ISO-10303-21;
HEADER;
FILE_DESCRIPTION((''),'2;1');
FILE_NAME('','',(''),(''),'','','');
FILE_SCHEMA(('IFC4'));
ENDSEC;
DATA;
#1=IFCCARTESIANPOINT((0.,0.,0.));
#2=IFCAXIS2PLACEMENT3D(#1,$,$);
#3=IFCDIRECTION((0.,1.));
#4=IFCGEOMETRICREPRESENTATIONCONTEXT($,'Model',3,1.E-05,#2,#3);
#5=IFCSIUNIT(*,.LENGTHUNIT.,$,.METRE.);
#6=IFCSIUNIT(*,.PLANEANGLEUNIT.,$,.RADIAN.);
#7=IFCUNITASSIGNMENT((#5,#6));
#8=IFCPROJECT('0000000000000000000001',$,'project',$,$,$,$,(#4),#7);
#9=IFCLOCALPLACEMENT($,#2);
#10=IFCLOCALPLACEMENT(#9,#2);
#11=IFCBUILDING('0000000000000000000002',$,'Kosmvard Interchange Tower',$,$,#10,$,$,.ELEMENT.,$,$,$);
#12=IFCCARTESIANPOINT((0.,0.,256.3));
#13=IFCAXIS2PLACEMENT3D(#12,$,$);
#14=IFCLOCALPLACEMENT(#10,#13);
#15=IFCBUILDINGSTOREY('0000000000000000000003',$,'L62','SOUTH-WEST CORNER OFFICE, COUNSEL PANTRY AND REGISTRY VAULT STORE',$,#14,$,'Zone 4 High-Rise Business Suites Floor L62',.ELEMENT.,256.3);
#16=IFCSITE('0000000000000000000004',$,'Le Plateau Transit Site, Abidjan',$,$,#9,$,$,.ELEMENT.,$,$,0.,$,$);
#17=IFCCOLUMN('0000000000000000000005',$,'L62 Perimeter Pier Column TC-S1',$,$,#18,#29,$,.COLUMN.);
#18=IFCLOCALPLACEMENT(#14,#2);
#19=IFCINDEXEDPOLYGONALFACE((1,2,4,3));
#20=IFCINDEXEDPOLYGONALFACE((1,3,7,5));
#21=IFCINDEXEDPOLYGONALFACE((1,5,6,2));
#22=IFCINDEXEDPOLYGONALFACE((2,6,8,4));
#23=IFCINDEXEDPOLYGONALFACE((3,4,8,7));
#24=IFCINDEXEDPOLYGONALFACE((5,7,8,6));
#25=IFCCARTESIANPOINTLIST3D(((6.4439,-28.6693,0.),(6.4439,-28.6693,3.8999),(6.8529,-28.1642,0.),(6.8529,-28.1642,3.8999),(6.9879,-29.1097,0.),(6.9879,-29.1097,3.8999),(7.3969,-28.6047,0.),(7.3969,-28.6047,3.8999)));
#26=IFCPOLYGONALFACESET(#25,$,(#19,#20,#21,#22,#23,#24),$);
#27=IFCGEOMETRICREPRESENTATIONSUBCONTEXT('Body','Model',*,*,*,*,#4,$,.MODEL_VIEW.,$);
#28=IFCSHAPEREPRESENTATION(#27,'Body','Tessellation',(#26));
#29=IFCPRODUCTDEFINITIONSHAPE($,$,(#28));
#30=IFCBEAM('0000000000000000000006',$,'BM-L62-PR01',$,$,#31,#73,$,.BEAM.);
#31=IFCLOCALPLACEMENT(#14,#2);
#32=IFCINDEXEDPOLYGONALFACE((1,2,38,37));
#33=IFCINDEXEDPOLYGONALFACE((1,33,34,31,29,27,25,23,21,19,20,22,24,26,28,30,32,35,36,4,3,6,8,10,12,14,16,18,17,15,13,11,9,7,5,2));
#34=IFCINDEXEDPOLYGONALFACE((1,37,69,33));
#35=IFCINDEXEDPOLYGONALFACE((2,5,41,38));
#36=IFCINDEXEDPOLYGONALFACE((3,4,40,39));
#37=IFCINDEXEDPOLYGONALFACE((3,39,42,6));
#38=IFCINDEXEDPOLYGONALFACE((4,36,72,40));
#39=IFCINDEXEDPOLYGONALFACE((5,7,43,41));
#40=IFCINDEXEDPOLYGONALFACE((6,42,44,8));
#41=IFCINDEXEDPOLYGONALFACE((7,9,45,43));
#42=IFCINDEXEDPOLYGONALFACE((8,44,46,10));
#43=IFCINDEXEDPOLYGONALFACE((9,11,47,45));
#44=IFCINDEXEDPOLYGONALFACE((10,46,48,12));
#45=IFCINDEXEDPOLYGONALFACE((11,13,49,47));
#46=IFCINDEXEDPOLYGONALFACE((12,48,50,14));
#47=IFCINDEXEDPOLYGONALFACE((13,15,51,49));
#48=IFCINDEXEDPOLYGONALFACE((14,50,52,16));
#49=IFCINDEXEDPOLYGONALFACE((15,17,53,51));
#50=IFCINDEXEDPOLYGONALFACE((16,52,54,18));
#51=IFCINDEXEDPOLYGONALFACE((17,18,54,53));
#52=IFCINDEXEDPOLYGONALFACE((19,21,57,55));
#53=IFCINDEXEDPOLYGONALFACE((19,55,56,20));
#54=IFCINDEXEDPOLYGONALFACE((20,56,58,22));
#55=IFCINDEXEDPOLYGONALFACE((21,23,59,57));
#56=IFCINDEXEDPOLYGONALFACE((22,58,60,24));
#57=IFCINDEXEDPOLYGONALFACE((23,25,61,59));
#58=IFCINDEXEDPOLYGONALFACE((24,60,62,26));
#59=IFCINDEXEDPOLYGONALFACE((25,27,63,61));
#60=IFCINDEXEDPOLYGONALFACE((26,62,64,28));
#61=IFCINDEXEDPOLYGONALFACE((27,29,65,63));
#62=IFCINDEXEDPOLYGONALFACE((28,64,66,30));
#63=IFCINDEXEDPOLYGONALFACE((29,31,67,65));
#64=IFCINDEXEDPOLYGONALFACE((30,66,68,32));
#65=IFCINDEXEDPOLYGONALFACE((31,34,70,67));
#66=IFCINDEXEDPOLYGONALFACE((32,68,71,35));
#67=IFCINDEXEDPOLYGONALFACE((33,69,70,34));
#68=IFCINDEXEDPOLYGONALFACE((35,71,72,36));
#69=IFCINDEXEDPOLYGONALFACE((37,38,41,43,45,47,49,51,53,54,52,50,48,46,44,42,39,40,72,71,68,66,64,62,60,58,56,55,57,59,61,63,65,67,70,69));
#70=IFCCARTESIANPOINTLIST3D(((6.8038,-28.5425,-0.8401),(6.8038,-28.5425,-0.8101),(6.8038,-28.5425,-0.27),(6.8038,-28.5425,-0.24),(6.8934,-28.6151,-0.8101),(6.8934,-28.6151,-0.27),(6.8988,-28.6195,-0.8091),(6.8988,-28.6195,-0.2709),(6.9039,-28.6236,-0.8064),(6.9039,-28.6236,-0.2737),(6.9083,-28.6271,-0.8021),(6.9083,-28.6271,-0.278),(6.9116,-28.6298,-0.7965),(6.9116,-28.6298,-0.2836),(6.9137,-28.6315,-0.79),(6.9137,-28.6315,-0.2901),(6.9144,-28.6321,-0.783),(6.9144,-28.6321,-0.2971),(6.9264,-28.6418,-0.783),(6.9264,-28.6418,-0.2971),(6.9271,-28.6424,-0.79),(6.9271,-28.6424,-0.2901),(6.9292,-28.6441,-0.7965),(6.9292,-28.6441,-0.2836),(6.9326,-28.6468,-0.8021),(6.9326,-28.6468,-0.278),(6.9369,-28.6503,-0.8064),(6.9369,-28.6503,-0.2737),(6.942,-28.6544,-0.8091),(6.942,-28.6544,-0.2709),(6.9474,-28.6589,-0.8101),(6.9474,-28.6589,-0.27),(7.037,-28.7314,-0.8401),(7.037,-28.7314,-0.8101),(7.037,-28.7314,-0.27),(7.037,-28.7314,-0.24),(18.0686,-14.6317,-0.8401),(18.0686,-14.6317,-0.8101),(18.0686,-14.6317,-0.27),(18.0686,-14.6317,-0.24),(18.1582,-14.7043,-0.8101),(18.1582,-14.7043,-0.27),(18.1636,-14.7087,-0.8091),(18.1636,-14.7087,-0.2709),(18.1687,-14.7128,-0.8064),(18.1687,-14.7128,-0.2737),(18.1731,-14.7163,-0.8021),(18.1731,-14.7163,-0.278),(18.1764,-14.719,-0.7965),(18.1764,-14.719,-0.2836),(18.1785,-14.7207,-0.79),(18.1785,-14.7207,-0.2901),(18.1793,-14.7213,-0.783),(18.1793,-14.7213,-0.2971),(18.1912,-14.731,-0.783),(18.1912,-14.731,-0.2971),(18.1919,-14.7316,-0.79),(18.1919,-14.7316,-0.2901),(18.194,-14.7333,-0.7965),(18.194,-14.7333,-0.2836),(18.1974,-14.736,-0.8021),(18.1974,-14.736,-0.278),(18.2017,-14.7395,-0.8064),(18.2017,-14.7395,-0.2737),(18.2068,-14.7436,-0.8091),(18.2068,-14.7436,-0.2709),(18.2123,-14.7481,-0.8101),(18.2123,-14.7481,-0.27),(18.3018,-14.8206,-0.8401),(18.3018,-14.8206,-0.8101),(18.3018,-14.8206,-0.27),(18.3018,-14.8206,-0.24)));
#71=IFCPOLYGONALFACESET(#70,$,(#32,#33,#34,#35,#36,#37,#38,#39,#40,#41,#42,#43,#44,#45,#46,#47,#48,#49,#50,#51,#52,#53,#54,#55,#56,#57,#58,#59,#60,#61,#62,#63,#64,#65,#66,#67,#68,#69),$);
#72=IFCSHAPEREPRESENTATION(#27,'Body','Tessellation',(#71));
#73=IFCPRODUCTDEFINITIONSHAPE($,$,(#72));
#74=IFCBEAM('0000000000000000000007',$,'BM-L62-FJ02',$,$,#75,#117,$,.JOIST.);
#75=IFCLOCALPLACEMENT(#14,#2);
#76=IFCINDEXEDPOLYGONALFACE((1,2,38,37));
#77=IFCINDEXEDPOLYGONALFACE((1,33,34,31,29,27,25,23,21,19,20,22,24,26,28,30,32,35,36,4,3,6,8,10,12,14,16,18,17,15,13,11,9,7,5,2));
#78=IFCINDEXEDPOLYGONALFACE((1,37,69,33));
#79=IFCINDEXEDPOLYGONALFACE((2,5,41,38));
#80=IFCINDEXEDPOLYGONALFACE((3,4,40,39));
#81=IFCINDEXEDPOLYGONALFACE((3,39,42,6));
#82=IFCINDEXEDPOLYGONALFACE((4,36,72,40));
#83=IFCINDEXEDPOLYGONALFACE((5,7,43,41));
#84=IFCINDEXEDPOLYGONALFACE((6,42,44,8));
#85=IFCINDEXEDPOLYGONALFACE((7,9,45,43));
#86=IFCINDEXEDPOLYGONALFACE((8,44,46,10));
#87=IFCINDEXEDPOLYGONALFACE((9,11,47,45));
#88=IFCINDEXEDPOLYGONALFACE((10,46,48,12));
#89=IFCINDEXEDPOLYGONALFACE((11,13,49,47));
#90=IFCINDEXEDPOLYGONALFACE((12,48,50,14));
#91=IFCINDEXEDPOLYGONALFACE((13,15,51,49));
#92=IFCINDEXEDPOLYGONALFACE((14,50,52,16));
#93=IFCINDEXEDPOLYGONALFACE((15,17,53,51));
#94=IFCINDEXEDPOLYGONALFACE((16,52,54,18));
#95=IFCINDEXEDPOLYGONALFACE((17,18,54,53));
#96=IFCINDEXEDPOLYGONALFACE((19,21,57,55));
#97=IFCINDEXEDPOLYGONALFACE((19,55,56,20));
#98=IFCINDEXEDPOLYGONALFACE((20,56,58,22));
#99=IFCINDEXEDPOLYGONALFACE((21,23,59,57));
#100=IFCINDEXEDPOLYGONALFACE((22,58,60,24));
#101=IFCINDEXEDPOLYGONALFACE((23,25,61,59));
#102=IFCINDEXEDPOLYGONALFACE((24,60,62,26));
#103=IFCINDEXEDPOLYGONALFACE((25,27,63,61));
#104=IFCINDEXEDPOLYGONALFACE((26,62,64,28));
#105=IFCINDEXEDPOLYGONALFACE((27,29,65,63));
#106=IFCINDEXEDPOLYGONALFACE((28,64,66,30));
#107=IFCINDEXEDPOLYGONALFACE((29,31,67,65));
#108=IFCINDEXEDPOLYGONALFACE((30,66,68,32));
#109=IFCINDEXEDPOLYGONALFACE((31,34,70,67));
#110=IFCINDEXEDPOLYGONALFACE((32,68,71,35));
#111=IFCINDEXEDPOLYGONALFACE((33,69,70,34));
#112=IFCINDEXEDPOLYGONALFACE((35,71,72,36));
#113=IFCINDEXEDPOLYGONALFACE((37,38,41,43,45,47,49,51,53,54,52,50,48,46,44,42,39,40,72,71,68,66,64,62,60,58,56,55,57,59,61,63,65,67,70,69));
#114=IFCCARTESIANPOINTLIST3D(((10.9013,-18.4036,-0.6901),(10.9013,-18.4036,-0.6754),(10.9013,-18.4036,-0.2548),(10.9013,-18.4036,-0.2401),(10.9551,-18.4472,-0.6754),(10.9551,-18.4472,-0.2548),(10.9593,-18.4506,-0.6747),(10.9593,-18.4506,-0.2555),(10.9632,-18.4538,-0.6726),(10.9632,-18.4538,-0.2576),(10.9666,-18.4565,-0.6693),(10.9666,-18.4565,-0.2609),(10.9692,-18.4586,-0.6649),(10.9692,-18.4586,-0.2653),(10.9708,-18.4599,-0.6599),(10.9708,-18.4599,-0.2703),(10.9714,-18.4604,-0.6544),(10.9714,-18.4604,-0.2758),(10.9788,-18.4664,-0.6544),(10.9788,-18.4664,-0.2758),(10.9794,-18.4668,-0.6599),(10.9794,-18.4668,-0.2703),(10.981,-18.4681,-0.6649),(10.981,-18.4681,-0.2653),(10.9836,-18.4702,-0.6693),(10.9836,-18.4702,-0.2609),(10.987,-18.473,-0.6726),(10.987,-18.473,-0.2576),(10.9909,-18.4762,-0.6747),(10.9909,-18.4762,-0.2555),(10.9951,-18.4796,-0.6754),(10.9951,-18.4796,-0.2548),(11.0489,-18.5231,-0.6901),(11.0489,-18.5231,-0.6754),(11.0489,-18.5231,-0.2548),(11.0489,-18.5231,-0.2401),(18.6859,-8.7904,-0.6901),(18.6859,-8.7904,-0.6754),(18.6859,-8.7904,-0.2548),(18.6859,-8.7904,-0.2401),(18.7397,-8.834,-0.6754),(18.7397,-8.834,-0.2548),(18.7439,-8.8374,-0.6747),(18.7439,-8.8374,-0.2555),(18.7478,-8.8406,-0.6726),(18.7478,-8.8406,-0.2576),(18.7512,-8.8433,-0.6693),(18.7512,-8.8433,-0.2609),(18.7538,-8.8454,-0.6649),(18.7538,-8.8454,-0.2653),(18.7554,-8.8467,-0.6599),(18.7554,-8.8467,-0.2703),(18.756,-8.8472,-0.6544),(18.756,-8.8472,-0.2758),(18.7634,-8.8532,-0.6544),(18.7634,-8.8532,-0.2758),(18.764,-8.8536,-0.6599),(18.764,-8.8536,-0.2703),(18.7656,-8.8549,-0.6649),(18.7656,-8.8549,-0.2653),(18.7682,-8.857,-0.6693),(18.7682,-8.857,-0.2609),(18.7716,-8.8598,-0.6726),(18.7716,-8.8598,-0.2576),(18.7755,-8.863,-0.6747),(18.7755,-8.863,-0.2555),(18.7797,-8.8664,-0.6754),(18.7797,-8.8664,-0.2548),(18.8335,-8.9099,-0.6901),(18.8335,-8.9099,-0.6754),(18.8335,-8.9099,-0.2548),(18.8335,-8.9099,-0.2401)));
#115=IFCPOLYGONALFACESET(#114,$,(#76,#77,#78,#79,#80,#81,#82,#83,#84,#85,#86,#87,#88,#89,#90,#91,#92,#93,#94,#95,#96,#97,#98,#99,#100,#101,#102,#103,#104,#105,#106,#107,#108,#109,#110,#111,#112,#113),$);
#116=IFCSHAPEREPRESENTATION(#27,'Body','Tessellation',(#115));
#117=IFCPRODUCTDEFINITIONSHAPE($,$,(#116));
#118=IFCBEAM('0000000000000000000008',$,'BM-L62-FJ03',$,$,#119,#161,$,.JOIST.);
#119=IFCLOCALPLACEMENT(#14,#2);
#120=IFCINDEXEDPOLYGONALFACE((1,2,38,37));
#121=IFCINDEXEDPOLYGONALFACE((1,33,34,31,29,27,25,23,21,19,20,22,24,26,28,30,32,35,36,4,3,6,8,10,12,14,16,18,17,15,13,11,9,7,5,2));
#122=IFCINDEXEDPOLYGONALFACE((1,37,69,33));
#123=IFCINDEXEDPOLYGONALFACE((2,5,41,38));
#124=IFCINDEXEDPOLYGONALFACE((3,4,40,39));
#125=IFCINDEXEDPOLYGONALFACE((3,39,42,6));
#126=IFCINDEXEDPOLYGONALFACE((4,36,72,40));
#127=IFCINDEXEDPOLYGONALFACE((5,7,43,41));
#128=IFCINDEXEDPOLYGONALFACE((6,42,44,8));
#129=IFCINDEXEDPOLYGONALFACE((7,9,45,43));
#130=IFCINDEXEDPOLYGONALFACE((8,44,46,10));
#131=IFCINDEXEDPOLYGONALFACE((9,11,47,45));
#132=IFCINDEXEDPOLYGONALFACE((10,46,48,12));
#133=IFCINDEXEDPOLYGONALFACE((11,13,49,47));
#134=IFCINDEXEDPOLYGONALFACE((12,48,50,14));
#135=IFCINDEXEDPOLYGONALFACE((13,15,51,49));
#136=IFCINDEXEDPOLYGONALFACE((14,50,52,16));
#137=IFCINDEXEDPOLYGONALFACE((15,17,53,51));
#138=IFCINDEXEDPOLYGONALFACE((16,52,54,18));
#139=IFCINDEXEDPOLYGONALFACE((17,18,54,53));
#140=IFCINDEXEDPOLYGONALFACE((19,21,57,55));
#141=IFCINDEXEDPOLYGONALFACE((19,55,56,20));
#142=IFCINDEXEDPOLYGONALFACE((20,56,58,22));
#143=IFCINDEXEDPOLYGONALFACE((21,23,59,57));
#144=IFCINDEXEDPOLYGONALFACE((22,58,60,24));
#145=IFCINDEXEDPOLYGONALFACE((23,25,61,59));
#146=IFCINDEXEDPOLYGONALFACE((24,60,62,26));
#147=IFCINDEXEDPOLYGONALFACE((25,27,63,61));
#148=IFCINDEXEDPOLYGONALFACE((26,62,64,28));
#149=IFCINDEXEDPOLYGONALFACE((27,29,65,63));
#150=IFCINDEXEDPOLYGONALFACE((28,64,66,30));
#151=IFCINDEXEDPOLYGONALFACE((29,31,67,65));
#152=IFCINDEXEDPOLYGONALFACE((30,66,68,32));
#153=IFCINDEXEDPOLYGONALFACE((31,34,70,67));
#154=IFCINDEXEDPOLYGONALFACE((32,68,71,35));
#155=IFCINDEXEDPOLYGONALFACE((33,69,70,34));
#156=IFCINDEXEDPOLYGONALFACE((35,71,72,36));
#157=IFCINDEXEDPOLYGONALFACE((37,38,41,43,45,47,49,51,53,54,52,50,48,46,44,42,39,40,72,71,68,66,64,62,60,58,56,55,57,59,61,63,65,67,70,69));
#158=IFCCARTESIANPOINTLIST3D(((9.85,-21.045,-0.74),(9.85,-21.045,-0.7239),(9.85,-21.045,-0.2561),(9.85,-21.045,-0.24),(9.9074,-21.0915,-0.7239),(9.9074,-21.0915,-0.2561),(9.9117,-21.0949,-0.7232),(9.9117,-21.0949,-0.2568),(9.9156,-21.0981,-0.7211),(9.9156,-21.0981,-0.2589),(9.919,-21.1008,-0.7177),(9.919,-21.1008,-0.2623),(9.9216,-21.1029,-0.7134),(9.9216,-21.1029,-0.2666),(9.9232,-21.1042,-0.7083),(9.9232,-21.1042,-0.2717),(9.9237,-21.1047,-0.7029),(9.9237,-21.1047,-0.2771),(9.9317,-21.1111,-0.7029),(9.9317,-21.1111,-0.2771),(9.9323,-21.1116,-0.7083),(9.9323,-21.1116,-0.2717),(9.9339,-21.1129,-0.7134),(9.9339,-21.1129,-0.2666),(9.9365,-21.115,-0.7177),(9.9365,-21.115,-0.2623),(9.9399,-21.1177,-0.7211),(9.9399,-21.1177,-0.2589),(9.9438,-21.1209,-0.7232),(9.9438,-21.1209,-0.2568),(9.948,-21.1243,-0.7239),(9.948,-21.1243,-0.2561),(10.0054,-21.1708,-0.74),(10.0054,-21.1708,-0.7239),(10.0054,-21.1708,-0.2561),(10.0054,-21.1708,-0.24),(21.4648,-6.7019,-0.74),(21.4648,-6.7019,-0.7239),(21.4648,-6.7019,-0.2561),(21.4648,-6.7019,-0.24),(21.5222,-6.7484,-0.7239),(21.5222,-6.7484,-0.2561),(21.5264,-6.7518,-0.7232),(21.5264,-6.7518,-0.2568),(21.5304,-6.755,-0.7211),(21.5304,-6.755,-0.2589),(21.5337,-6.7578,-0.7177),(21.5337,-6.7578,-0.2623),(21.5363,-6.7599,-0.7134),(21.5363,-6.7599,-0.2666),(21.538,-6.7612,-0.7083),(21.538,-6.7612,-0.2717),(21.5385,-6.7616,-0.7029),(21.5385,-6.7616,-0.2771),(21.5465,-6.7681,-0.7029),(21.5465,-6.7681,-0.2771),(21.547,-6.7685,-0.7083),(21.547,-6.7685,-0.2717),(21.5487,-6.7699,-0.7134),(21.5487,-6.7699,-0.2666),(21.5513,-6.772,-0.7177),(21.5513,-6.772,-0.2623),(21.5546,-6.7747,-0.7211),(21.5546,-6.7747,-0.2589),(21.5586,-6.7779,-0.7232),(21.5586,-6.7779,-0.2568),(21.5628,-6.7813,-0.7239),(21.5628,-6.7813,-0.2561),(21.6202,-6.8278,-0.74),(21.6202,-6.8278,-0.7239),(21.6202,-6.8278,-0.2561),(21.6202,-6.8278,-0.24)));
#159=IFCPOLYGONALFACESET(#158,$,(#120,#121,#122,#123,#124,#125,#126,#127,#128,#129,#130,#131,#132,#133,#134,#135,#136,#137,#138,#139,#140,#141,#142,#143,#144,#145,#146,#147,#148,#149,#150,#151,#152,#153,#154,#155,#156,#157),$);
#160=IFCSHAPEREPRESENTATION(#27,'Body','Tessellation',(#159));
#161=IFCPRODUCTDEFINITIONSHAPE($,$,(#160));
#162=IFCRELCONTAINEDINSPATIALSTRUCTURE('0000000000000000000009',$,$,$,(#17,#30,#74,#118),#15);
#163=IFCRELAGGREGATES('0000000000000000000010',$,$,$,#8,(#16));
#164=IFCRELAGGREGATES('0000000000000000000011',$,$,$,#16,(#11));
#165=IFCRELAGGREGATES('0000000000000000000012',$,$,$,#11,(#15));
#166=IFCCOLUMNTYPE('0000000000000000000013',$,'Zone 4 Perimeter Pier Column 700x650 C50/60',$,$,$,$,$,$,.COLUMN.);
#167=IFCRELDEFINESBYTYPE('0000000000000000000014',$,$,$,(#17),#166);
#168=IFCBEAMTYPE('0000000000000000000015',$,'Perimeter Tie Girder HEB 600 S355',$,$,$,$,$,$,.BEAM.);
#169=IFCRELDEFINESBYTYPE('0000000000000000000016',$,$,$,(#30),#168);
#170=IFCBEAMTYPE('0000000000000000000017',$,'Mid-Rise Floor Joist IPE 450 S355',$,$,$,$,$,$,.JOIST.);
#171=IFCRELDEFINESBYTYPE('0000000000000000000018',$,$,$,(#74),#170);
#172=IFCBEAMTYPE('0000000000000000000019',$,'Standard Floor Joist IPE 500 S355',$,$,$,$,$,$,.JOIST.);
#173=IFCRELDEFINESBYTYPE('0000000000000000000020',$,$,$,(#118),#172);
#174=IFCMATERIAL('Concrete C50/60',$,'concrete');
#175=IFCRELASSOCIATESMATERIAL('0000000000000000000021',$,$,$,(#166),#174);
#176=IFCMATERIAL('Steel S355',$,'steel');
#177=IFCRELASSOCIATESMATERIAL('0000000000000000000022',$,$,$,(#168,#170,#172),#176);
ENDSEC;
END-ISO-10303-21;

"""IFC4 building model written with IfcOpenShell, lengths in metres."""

from ifc_helpers import new_model, si_unit, direction, frame, origin, origin_2d, place, context, subcontext, project, spatial, rectangle, i_section, extrude, source, transform, mapped, material, material_profile, profile_set, type_object, element, save


model = new_model("IFC4")

# Units and contexts
model_context = context("Model", 3, precision=1e-05, world=origin(), true_north=direction((0.0, 1.0)))
body_context = subcontext(model_context, "Body", "Model", "MODEL_VIEW")
ifc_project = project(units=[si_unit("LENGTHUNIT", "METRE"), si_unit("PLANEANGLEUNIT", "RADIAN")], contexts=[model_context])

# Site, building, storey
site_placement = place(None, origin())
site = spatial("IfcSite", under=ifc_project, at=site_placement, Name="Le Plateau Transit Site, Abidjan", CompositionType="ELEMENT", RefElevation=0.0)
building_placement = place(site_placement, origin())
building = spatial("IfcBuilding", under=site, at=building_placement, Name="Kosmvard Interchange Tower", CompositionType="ELEMENT")
storey_placement = place(building_placement, frame((0.0, 0.0, 256.3)))
storey = spatial("IfcBuildingStorey", under=building, at=storey_placement, Name="L62", Description="SOUTH-WEST CORNER OFFICE, COUNSEL PANTRY AND REGISTRY VAULT STORE", LongName="Zone 4 High-Rise Business Suites Floor L62", CompositionType="ELEMENT", Elevation=256.3)

# Column
ifc_material_1 = material(Name="Concrete C50/60", Category="concrete")
ifc_material_profile_1 = material_profile(ifc_material_1, rectangle(XDim=0.6499, YDim=0.7, at=origin_2d()), Name="TC 700x650")
ifc_profile_set_1 = profile_set([ifc_material_profile_1], Name="Concrete C50/60")
column_type = type_object("IfcColumnType", Name="Zone 4 Perimeter Pier Column 700x650 C50/60", PredefinedType="COLUMN", material=ifc_profile_set_1)
shared_shape_1 = source(origin(), body_context, "Body", "SweptSolid", [
    extrude(rectangle(XDim=0.6499, YDim=0.7, at=origin_2d()), origin(), (0.0, 0.0, 1.0), 3.8999),
])
column_placement = place(storey_placement, frame((6.9204, -28.637, 0.0), z_axis=(0.0, 0.0, 1.0), x_axis=(0.62932, 0.777146, 0.0)))
element("IfcColumn", 1, at=column_placement, inside=storey, type_object=column_type, Name="L62 Perimeter Pier Column TC-S1", PredefinedType="COLUMN", context=body_context, shape_type="MappedRepresentation", body=[
    mapped(shared_shape_1, transform((0.0, 0.0, 0.0), scale=1.0)),
])

# Beams
ifc_material_2 = material(Name="Steel S355", Category="steel")
ifc_material_profile_2 = material_profile(ifc_material_2, i_section(OverallWidth=0.3, OverallDepth=0.6001, WebThickness=0.0154, FlangeThickness=0.03, FilletRadius=0.0271, at=origin_2d()), Name="HEB 600")
ifc_profile_set_2 = profile_set([ifc_material_profile_2], Name="Steel S355")
beam_type_1 = type_object("IfcBeamType", Name="Perimeter Tie Girder HEB 600 S355", PredefinedType="BEAM", material=ifc_profile_set_2)
shared_shape_2 = source(origin(), body_context, "Body", "SweptSolid", [
    extrude(i_section(OverallWidth=0.3, OverallDepth=0.6001, WebThickness=0.0154, FlangeThickness=0.03, FilletRadius=0.0271, at=origin_2d()), origin(), (0.0, 0.0, 1.0), 17.8999),
])
beam_1_placement = place(storey_placement, frame((6.9204, -28.637, -0.54), z_axis=(0.629323, 0.777144, 0.0), x_axis=(-0.777144, 0.629323, 0.0)))
element("IfcBeam", 2, at=beam_1_placement, inside=storey, type_object=beam_type_1, Name="BM-L62-PR01", PredefinedType="BEAM", context=body_context, shape_type="MappedRepresentation", body=[
    mapped(shared_shape_2, transform((0.0, 0.0, 0.0), scale=1.0)),
])
ifc_material_profile_3 = material_profile(ifc_material_2, i_section(OverallWidth=0.1899, OverallDepth=0.45, WebThickness=0.0095, FlangeThickness=0.0146, FilletRadius=0.021, at=origin_2d()), Name="IPE 450")
ifc_profile_set_3 = profile_set([ifc_material_profile_3], Name="Steel S355")
beam_type_2 = type_object("IfcBeamType", Name="Mid-Rise Floor Joist IPE 450 S355", PredefinedType="JOIST", material=ifc_profile_set_3)
shared_shape_3 = source(origin(), body_context, "Body", "SweptSolid", [
    extrude(i_section(OverallWidth=0.1899, OverallDepth=0.45, WebThickness=0.0095, FlangeThickness=0.0146, FilletRadius=0.021, at=origin_2d()), origin(), (0.0, 0.0, 1.0), 12.3699),
])
beam_2_placement = place(storey_placement, frame((10.9751, -18.4634, -0.4651), z_axis=(0.62932, 0.777147, 0.0), x_axis=(-0.777147, 0.62932, 0.0)))
element("IfcBeam", 3, at=beam_2_placement, inside=storey, type_object=beam_type_2, Name="BM-L62-FJ02", PredefinedType="JOIST", context=body_context, shape_type="MappedRepresentation", body=[
    mapped(shared_shape_3, transform((0.0, 0.0, 0.0), scale=1.0)),
])
ifc_material_profile_4 = material_profile(ifc_material_2, i_section(OverallWidth=0.2, OverallDepth=0.5, WebThickness=0.0103, FlangeThickness=0.0161, FilletRadius=0.021, at=origin_2d()), Name="IPE 500")
ifc_profile_set_4 = profile_set([ifc_material_profile_4], Name="Steel S355")
beam_type_3 = type_object("IfcBeamType", Name="Standard Floor Joist IPE 500 S355", PredefinedType="JOIST", material=ifc_profile_set_4)
shared_shape_4 = source(origin(), body_context, "Body", "SweptSolid", [
    extrude(i_section(OverallWidth=0.2, OverallDepth=0.5, WebThickness=0.0103, FlangeThickness=0.0161, FilletRadius=0.021, at=origin_2d()), origin(), (0.0, 0.0, 1.0), 18.4561),
])
beam_3_placement = place(storey_placement, frame((9.9277, -21.1079, -0.49), z_axis=(0.62932, 0.777146, 0.0), x_axis=(-0.777146, 0.62932, 0.0)))
element("IfcBeam", 4, at=beam_3_placement, inside=storey, type_object=beam_type_3, Name="BM-L62-FJ03", PredefinedType="JOIST", context=body_context, shape_type="MappedRepresentation", body=[
    mapped(shared_shape_4, transform((0.0, 0.0, 0.0), scale=1.0)),
])

save(model, "model.ifc")
